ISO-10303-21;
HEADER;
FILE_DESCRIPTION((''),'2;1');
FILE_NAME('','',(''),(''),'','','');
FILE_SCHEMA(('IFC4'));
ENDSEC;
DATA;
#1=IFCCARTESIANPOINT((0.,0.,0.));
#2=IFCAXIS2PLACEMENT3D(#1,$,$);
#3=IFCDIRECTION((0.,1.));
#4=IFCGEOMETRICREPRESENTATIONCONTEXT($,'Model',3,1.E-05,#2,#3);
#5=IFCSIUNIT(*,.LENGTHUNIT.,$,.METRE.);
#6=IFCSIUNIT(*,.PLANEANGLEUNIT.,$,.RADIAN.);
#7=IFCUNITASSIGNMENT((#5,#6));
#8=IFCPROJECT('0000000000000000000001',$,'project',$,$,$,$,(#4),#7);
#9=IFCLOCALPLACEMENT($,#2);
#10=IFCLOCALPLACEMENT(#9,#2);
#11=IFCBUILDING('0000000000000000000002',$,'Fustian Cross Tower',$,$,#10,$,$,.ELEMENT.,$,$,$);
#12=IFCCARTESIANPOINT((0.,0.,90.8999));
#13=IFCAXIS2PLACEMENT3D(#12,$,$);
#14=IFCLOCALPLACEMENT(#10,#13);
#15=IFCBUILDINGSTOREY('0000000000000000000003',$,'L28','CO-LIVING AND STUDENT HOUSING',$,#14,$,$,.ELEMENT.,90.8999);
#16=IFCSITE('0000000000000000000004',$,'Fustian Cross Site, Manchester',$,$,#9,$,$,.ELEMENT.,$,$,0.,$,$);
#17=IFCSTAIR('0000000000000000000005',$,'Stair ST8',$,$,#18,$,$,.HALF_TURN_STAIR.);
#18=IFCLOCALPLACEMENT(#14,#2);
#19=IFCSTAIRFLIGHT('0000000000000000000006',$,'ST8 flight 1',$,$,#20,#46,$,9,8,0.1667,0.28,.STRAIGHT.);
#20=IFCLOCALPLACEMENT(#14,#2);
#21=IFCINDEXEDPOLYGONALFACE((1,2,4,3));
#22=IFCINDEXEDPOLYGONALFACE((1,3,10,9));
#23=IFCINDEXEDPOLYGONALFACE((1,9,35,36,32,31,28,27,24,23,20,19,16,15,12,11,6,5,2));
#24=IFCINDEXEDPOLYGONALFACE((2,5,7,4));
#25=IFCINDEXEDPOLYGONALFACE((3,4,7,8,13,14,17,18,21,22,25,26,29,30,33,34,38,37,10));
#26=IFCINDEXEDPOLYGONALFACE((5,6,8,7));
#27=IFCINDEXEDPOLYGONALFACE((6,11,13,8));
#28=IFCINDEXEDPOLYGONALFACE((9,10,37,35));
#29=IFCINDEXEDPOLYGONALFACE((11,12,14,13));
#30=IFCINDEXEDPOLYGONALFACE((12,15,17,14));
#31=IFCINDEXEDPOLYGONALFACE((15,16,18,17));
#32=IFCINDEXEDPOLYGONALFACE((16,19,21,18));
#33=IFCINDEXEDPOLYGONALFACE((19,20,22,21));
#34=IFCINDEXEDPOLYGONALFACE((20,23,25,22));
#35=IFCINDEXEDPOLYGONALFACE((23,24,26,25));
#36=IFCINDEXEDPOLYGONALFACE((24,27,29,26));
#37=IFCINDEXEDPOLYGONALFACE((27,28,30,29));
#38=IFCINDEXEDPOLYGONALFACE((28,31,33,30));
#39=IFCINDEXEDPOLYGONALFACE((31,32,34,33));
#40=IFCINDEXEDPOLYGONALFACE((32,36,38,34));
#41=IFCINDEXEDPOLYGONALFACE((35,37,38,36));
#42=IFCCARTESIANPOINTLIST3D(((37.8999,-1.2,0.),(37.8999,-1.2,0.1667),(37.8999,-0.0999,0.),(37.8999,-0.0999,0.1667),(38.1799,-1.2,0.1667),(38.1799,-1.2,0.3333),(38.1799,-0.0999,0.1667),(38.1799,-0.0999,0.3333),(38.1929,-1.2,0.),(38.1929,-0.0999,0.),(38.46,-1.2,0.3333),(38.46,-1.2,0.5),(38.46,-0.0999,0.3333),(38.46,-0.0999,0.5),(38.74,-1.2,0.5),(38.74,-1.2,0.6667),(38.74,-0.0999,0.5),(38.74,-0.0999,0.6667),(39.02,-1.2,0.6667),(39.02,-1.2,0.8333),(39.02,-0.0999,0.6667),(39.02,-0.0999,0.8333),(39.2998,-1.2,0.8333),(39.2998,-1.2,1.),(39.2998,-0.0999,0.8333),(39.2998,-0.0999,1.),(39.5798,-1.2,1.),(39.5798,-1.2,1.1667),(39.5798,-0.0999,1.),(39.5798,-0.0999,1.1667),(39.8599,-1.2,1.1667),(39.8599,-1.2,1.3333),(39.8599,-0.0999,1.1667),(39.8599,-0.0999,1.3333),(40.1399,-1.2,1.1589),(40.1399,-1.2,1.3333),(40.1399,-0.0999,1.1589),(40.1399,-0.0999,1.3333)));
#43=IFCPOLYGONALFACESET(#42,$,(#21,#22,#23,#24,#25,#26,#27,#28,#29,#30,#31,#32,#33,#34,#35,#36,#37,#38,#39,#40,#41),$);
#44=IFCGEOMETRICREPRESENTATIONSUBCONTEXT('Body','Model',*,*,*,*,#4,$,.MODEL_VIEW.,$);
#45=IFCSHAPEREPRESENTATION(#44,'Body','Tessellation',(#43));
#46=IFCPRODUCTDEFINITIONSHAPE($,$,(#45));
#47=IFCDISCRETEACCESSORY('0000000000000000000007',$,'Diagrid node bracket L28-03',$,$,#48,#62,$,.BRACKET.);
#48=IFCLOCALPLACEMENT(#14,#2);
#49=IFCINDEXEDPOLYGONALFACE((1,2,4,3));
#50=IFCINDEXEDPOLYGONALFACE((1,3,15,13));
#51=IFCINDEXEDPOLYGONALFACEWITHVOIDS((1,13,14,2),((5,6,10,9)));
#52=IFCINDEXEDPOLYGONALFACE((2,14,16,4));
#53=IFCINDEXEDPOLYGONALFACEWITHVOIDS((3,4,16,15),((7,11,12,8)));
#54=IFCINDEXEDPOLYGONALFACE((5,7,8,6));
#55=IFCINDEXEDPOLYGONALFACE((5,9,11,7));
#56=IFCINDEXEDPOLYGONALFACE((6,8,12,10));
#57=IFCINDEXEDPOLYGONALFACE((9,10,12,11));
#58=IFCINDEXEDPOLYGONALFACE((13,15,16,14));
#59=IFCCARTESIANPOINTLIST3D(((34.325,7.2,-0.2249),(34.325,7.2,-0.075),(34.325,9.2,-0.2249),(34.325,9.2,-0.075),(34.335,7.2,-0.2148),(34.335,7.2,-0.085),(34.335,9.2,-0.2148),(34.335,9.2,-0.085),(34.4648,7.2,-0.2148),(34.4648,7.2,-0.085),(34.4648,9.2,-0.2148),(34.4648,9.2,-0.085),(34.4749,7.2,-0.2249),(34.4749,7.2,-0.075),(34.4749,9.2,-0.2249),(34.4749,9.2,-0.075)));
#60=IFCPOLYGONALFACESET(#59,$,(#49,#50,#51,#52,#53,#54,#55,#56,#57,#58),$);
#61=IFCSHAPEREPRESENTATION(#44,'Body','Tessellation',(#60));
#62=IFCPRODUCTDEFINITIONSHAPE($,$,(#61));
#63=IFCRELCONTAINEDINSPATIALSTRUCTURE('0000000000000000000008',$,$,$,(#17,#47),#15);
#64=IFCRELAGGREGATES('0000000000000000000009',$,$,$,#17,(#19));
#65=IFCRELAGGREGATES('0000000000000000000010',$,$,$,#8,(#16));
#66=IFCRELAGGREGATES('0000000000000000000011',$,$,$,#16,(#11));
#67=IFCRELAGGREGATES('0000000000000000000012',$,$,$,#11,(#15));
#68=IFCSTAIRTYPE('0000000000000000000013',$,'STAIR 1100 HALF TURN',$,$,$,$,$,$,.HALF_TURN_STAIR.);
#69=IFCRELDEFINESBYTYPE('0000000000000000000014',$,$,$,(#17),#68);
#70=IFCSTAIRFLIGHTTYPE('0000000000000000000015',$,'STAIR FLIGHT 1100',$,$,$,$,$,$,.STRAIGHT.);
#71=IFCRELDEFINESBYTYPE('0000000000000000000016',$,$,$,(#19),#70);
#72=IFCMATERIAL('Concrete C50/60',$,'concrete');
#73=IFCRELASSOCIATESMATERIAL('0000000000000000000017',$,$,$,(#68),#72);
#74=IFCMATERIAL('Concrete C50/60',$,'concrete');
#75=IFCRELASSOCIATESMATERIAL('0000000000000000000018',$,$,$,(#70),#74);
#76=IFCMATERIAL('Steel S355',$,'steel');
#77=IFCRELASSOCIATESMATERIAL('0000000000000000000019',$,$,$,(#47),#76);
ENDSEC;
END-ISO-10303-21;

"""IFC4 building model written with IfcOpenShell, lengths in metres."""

from ifc_helpers import new_model, si_unit, direction, frame, origin, origin_2d, place, context, subcontext, project, spatial, polyline, hollow_rectangle, outline, extrude, material, type_object, element, aggregate, save


model = new_model("IFC4")

# Units and contexts
model_context = context("Model", 3, precision=1e-05, world=origin(), true_north=direction((0.0, 1.0)))
body_context = subcontext(model_context, "Body", "Model", "MODEL_VIEW")
ifc_project = project(units=[si_unit("LENGTHUNIT", "METRE"), si_unit("PLANEANGLEUNIT", "RADIAN")], contexts=[model_context])

# Site, building, storey
site_placement = place(None, origin())
site = spatial("IfcSite", under=ifc_project, at=site_placement, Name="Fustian Cross Site, Manchester", CompositionType="ELEMENT", RefElevation=0.0)
building_placement = place(site_placement, origin())
building = spatial("IfcBuilding", under=site, at=building_placement, Name="Fustian Cross Tower", CompositionType="ELEMENT")
storey_placement = place(building_placement, frame((0.0, 0.0, 90.8999)))
storey = spatial("IfcBuildingStorey", under=building, at=storey_placement, Name="L28", Description="CO-LIVING AND STUDENT HOUSING", CompositionType="ELEMENT", Elevation=90.8999)

# Stair, stair flight
ifc_material_1 = material(Name="Concrete C50/60", Category="concrete")
stair_type = type_object("IfcStairType", Name="STAIR 1100 HALF TURN", PredefinedType="HALF_TURN_STAIR", material=ifc_material_1)
stair_placement = place(storey_placement, origin())
stair = element("IfcStair", 1, at=stair_placement, inside=storey, type_object=stair_type, Name="Stair ST8", PredefinedType="HALF_TURN_STAIR")
ifc_material_2 = material(Name="Concrete C50/60", Category="concrete")
stair_flight_type = type_object("IfcStairFlightType", Name="STAIR FLIGHT 1100", PredefinedType="STRAIGHT", material=ifc_material_2)
stair_flight_placement = place(storey_placement, frame((37.8999, -0.6499, 0.0), z_axis=(0.0, 0.0, 1.0), x_axis=(1.0, 0.0, 0.0)))
stair_flight = element("IfcStairFlight", 2, at=stair_flight_placement, type_object=stair_flight_type, Name="ST8 flight 1", NumberOfRisers=9, NumberOfTreads=8, PredefinedType="STRAIGHT", RiserHeight=0.1667, TreadLength=0.28, context=body_context, shape_type="SweptSolid", body=[
    extrude(outline(polyline([(0.0, 0.0), (0.0, 0.1667), (0.28, 0.1667), (0.28, 0.3333), (0.5601, 0.3333), (0.5601, 0.5), (0.8401, 0.5), (0.8401, 0.6667), (1.1201, 0.6667), (1.1201, 0.8333), (1.3999, 0.8333), (1.3999, 1.0), (1.6799, 1.0), (1.6799, 1.1667), (1.96, 1.1667), (1.96, 1.3333), (2.24, 1.3333), (2.24, 1.5), (2.24, 1.1589), (0.293, 0.0), (0.0, 0.0)])), frame((0.0, 0.55, 0.0), z_axis=(0.0, -1.0, 0.0), x_axis=(1.0, 0.0, 0.0)), (0.0, 0.0, 1.0), 1.1001),
])
aggregate(stair, [stair_flight])

# Discrete accessory
ifc_material_3 = material(Name="Steel S355", Category="steel")
discrete_accessory_placement = place(storey_placement, frame((34.3999, 9.2, -0.1499), z_axis=(0.0, -1.0, 0.0), x_axis=(1.0, 0.0, 0.0)))
element("IfcDiscreteAccessory", 3, at=discrete_accessory_placement, inside=storey, material=ifc_material_3, Name="Diagrid node bracket L28-03", PredefinedType="BRACKET", context=body_context, shape_type="SweptSolid", body=[
    extrude(hollow_rectangle(XDim=0.1499, YDim=0.1499, WallThickness=0.01, at=origin_2d()), origin(), (0.0, 0.0, 1.0), 2.0),
])

save(model, "model.ifc")
